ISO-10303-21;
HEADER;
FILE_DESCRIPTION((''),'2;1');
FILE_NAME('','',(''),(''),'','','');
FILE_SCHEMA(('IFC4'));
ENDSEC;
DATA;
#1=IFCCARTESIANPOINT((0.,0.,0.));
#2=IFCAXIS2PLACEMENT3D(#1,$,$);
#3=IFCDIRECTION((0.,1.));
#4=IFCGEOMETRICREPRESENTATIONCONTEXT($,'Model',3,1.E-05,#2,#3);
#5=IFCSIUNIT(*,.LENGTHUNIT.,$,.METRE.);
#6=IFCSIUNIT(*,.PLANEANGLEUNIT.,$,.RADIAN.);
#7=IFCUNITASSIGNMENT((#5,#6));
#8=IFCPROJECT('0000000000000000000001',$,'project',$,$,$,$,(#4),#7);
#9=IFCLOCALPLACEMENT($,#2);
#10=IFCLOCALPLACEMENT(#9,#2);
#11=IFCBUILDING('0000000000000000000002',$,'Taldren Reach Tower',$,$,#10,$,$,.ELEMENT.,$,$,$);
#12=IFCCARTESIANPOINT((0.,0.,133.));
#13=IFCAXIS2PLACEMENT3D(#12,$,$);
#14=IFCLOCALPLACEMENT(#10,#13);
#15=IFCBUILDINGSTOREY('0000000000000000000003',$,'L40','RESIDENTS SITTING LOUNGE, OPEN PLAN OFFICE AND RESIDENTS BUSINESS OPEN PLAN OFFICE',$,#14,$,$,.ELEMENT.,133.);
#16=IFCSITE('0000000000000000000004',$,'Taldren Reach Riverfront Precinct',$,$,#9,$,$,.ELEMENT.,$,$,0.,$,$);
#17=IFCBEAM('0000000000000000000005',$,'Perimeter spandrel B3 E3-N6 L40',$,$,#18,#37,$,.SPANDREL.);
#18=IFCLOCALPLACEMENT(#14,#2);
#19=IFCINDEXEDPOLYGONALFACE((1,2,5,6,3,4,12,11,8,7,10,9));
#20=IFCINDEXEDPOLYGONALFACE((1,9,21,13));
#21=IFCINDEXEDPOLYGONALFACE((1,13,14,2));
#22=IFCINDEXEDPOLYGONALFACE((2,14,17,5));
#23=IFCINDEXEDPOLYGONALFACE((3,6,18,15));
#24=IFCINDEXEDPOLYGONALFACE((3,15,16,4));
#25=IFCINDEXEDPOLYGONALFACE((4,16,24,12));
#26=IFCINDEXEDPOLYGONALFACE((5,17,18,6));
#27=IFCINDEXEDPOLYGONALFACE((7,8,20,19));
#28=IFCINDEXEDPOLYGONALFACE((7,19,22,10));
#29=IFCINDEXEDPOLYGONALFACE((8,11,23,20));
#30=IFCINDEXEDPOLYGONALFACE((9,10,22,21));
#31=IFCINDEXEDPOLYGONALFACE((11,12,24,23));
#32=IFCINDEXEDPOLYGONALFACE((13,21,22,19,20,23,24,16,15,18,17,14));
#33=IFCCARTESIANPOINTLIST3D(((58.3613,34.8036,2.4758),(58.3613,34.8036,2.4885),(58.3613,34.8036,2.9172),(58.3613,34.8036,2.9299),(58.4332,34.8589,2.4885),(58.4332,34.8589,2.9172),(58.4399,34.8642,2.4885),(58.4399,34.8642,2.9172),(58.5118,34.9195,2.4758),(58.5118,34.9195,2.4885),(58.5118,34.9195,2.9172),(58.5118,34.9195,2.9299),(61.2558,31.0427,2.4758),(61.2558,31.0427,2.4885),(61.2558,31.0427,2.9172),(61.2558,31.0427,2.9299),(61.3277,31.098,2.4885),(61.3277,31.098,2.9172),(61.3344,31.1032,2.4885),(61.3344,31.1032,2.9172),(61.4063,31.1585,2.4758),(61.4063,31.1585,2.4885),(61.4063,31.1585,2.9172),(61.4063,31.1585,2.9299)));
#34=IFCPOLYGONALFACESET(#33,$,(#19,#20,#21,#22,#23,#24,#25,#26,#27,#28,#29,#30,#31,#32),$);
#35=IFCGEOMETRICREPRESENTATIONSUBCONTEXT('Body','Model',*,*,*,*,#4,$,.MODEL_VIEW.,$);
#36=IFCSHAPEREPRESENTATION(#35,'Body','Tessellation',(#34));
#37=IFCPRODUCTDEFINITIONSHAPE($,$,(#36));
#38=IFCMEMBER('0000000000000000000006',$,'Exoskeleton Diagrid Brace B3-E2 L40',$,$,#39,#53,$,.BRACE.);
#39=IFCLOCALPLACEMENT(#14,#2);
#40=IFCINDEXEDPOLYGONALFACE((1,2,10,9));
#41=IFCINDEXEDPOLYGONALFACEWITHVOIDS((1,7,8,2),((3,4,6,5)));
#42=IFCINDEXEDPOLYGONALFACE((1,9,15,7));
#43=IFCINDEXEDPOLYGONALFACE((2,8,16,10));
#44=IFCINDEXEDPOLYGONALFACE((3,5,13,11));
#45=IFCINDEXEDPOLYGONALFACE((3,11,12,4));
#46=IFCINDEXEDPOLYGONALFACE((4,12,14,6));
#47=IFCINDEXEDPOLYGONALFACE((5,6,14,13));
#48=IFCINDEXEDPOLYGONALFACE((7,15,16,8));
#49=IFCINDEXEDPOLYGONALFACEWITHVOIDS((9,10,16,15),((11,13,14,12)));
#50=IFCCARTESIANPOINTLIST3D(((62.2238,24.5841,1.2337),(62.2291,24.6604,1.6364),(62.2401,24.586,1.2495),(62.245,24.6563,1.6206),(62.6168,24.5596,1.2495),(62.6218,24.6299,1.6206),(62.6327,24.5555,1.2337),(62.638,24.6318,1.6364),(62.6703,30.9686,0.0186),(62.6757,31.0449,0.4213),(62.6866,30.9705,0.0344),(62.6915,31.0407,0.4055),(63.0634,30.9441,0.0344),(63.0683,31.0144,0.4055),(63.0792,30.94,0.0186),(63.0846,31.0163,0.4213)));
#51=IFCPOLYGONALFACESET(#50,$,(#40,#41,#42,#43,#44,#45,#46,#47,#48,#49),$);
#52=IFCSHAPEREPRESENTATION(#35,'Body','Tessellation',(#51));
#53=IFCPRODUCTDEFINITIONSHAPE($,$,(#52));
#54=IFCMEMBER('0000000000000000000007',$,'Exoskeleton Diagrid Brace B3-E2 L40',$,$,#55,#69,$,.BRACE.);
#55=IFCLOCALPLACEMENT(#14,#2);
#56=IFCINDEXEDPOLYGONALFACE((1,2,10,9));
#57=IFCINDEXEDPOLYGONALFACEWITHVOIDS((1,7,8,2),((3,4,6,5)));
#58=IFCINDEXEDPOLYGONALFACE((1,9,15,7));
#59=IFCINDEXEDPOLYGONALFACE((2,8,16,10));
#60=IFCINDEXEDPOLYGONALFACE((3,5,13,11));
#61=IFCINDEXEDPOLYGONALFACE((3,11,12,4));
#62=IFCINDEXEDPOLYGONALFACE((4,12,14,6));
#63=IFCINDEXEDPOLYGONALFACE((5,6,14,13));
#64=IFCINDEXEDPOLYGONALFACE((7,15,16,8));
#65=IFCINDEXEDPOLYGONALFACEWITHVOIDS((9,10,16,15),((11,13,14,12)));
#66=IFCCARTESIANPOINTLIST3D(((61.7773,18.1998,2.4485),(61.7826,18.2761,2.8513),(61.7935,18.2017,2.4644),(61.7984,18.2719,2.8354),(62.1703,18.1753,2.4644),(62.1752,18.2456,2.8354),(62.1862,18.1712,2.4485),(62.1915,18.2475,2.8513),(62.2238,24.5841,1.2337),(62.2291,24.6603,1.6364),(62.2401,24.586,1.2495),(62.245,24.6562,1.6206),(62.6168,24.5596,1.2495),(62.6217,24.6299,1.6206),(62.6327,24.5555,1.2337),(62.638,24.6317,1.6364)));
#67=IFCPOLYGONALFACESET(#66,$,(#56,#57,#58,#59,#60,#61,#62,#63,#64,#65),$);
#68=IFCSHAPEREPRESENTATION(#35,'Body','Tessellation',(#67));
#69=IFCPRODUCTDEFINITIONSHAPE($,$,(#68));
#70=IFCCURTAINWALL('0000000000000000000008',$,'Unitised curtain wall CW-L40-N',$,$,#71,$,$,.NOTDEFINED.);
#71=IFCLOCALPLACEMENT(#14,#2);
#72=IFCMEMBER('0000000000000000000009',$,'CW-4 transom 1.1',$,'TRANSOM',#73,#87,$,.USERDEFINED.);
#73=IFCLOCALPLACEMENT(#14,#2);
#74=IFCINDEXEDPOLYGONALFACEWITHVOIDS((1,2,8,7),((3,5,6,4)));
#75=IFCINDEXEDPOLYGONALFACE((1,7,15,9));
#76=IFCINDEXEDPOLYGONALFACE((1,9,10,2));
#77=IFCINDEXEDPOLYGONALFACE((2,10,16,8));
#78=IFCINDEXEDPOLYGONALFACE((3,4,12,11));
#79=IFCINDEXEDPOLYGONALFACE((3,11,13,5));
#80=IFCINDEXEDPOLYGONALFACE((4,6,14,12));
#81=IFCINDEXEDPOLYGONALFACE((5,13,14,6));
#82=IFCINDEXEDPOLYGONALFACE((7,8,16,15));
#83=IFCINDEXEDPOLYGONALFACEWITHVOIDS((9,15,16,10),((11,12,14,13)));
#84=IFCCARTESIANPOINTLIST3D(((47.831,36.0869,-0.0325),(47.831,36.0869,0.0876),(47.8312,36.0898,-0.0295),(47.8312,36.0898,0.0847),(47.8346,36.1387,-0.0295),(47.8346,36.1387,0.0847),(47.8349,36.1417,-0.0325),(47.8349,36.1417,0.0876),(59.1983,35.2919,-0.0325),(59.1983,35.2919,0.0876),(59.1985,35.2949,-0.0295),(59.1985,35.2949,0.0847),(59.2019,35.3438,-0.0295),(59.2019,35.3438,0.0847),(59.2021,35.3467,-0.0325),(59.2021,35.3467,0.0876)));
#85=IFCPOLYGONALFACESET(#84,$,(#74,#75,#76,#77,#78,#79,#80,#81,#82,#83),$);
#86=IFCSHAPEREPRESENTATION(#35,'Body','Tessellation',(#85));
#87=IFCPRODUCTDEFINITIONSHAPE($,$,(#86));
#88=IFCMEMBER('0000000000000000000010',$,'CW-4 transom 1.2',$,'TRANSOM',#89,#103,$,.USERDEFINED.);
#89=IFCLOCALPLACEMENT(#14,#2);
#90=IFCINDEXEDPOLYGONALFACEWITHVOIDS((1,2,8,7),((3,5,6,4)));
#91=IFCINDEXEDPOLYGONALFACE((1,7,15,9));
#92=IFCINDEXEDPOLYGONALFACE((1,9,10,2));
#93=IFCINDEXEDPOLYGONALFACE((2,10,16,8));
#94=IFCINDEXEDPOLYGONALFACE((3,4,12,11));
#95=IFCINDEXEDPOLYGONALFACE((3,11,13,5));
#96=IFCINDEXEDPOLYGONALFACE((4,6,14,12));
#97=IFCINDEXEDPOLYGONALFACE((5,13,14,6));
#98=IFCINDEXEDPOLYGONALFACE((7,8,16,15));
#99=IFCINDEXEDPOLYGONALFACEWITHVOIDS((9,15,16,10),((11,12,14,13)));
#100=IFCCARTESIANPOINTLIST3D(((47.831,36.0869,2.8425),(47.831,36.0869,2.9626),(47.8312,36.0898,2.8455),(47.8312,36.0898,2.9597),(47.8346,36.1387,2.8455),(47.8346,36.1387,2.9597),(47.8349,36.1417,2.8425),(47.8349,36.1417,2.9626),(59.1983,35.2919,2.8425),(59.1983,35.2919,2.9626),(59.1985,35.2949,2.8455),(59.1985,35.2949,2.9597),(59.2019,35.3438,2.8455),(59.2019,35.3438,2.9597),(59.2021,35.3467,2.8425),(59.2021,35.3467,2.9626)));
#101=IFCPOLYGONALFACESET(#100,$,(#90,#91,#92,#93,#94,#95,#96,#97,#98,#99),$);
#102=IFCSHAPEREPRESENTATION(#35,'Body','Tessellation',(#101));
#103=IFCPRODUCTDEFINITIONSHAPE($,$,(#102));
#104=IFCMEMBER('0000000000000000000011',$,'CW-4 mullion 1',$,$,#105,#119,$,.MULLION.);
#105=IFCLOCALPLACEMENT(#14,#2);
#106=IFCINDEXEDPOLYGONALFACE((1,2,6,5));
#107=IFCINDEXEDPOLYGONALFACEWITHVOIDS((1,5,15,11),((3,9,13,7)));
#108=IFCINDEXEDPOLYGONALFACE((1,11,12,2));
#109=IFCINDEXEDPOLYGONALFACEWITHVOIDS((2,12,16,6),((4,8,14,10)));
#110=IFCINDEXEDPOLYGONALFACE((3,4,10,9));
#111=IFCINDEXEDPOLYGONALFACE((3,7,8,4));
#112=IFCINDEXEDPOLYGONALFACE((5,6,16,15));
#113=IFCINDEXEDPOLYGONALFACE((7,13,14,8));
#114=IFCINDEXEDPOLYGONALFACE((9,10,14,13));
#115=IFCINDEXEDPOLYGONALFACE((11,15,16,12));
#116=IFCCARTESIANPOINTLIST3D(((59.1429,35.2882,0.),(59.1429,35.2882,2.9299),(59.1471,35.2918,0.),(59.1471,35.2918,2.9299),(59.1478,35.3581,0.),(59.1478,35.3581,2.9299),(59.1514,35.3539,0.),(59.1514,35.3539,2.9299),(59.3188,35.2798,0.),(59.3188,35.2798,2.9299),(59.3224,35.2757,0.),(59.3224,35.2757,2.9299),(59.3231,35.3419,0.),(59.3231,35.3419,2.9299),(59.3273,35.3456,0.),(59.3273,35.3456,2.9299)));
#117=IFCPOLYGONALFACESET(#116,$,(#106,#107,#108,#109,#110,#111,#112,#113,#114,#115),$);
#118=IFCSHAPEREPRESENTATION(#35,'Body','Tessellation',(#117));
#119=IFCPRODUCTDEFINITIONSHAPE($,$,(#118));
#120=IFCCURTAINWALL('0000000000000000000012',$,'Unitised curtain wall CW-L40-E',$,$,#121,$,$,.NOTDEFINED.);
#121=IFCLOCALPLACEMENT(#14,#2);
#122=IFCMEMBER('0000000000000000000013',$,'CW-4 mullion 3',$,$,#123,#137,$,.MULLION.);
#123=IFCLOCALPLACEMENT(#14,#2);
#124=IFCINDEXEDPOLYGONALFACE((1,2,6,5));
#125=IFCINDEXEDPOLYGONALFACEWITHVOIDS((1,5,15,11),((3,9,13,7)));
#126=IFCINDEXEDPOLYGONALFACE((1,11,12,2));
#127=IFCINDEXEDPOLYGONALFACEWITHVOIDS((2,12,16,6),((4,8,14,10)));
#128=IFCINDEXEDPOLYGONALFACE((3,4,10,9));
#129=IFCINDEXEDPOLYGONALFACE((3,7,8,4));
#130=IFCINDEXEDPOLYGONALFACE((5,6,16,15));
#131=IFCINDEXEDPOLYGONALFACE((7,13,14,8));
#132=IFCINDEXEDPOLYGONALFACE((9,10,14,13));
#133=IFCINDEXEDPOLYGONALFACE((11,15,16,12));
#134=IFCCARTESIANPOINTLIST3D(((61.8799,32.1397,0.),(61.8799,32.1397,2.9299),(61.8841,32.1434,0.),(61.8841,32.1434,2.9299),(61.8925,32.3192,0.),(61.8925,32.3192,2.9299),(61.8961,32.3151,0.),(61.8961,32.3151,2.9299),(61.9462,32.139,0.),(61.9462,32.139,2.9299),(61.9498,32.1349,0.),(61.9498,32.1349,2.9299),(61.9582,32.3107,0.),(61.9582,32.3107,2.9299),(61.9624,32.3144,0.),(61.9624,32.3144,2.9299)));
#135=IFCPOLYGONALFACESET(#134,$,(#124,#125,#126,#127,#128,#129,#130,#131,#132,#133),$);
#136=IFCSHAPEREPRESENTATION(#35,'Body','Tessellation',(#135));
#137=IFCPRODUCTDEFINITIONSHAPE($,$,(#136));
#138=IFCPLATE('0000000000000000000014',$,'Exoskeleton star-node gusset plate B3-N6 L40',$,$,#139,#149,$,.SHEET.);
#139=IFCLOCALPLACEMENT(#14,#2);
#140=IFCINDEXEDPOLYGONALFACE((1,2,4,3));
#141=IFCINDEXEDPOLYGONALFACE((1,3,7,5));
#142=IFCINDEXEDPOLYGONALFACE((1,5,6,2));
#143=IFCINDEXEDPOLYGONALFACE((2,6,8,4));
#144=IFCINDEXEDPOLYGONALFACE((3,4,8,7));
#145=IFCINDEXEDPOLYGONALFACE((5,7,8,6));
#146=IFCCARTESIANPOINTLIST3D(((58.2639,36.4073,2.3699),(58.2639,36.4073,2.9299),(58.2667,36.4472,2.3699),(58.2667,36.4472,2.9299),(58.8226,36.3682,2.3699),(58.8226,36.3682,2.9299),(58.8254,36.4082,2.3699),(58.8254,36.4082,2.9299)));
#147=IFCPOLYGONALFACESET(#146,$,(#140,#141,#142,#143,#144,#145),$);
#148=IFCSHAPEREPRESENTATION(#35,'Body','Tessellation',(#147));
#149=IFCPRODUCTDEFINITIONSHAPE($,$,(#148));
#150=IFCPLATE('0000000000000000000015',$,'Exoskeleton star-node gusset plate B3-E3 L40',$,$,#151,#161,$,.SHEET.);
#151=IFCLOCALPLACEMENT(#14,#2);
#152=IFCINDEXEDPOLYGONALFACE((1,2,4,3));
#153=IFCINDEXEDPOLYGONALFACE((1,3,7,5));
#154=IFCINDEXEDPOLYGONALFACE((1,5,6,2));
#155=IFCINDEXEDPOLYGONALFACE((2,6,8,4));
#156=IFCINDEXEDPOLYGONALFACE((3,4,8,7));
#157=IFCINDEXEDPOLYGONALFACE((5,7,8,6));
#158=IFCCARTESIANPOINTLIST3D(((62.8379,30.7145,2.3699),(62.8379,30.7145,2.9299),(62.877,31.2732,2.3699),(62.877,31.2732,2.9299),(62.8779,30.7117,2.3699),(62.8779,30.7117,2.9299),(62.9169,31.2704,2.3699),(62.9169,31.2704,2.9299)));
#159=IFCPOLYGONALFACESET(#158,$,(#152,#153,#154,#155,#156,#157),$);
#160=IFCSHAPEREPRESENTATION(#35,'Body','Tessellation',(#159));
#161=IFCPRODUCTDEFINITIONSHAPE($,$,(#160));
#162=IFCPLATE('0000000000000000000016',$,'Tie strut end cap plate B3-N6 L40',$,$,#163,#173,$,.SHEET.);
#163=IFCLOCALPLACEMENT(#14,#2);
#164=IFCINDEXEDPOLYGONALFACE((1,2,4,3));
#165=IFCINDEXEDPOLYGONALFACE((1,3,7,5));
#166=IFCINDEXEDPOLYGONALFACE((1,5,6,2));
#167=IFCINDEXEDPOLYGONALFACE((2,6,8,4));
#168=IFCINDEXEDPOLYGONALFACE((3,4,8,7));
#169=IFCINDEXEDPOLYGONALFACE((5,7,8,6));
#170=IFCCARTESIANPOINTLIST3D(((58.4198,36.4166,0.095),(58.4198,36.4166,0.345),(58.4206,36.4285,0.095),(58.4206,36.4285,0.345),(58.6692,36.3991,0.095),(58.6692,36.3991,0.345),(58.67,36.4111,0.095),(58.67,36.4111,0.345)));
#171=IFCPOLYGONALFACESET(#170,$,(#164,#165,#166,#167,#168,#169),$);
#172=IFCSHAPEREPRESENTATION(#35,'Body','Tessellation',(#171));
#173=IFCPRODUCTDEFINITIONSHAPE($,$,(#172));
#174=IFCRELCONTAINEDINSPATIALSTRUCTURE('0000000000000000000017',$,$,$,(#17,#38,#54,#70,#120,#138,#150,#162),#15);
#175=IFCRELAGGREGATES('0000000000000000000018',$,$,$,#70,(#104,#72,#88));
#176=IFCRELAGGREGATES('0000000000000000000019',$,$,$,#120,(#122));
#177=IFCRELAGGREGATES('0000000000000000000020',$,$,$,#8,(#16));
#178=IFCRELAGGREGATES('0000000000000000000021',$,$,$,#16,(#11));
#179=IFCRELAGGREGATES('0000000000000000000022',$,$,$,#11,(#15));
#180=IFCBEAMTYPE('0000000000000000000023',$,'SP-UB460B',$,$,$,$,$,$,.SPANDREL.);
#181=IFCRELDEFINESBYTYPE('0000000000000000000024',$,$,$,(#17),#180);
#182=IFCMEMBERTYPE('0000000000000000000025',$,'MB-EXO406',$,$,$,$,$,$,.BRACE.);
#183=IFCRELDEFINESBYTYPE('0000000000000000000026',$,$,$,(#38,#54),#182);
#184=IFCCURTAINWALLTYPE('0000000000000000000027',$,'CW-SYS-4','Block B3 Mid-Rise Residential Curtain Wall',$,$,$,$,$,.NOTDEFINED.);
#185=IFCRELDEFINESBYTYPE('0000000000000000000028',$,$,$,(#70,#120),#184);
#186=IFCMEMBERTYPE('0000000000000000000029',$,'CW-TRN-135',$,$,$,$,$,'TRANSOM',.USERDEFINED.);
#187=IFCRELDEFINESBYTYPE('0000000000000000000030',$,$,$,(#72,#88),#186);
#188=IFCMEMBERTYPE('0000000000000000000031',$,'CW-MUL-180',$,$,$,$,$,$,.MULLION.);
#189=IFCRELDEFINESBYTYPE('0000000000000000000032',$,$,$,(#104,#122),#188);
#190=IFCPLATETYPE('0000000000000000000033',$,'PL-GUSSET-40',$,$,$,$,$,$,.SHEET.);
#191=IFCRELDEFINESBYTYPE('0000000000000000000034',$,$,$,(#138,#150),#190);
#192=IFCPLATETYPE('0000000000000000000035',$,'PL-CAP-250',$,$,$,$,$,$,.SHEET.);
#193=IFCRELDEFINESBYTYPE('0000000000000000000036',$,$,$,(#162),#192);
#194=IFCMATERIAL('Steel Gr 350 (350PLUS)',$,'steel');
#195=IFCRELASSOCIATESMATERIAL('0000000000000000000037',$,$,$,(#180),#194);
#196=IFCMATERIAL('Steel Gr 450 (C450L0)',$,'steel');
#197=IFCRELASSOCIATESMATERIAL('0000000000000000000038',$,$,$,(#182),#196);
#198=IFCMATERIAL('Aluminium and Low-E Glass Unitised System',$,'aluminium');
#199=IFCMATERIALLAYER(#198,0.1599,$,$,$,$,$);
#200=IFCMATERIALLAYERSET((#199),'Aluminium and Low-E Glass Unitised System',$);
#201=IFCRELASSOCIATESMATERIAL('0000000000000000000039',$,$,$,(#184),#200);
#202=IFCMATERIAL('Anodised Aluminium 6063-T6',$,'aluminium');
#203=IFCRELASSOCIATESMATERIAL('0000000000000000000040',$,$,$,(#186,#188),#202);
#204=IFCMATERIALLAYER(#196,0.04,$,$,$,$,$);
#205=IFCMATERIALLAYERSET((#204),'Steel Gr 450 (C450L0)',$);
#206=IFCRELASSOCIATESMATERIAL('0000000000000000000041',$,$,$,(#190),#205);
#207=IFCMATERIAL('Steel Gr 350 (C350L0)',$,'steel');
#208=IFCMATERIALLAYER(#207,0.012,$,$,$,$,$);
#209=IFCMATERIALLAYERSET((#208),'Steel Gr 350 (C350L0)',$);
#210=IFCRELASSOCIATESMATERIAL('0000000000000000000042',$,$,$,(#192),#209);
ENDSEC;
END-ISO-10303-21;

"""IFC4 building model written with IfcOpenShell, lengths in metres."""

from ifc_helpers import new_model, si_unit, direction, frame, origin, origin_2d, place, context, subcontext, project, spatial, rectangle, hollow_rectangle, i_section, extrude, source, transform, mapped, material, layer, layer_set, material_profile, profile_set, type_object, element, aggregate, save


model = new_model("IFC4")

# Units and contexts
model_context = context("Model", 3, precision=1e-05, world=origin(), true_north=direction((0.0, 1.0)))
body_context = subcontext(model_context, "Body", "Model", "MODEL_VIEW")
ifc_project = project(units=[si_unit("LENGTHUNIT", "METRE"), si_unit("PLANEANGLEUNIT", "RADIAN")], contexts=[model_context])

# Site, building, storey
site_placement = place(None, origin())
site = spatial("IfcSite", under=ifc_project, at=site_placement, Name="Taldren Reach Riverfront Precinct", CompositionType="ELEMENT", RefElevation=0.0)
building_placement = place(site_placement, origin())
building = spatial("IfcBuilding", under=site, at=building_placement, Name="Taldren Reach Tower", CompositionType="ELEMENT")
storey_placement = place(building_placement, frame((0.0, 0.0, 133.0)))
storey = spatial("IfcBuildingStorey", under=building, at=storey_placement, Name="L40", Description="RESIDENTS SITTING LOUNGE, OPEN PLAN OFFICE AND RESIDENTS BUSINESS OPEN PLAN OFFICE", CompositionType="ELEMENT", Elevation=133.0)

# Shared definitions
ifc_material_1 = material(Name="Steel Gr 450 (C450L0)", Category="steel")
ifc_material_2 = material(Name="Steel Gr 350 (350PLUS)", Category="steel")

# Shared definitions
ifc_material_3 = material(Name="Steel Gr 350 (C350L0)", Category="steel")

# Beam
ifc_material_profile_1 = material_profile(ifc_material_2, i_section(OverallWidth=0.1899, OverallDepth=0.4541, WebThickness=0.0085, FlangeThickness=0.0127, at=origin_2d()), Name="460UB67.1")
ifc_profile_set_1 = profile_set([ifc_material_profile_1], Name="Steel Gr 350 (350PLUS)")
beam_type = type_object("IfcBeamType", Name="SP-UB460B", PredefinedType="SPANDREL", material=ifc_profile_set_1)
shared_shape_1 = source(origin(), body_context, "Body", "SweptSolid", [
    extrude(i_section(OverallWidth=0.1899, OverallDepth=0.4541, WebThickness=0.0085, FlangeThickness=0.0127, at=origin_2d()), origin(), (0.0, 0.0, 1.0), 4.7458),
])
beam_1_placement = place(storey_placement, frame((61.3311, 31.1006, 2.7029), z_axis=(-0.609905, 0.792475, 0.0), x_axis=(-0.792475, -0.609905, 0.0)))
element("IfcBeam", 1, at=beam_1_placement, inside=storey, type_object=beam_type, Name="Perimeter spandrel B3 E3-N6 L40", PredefinedType="SPANDREL", context=body_context, shape_type="MappedRepresentation", body=[
    mapped(shared_shape_1, transform((0.0, 0.0, 0.0), scale=1.0)),
])

# Members
ifc_material_profile_2 = material_profile(ifc_material_1, hollow_rectangle(XDim=0.4099, YDim=0.4099, WallThickness=0.0161, at=origin_2d()), Name="410x410x16.0SHS")
ifc_profile_set_2 = profile_set([ifc_material_profile_2], Name="Steel Gr 450 (C450L0)")
member_type_1 = type_object("IfcMemberType", Name="MB-EXO406", PredefinedType="BRACE", material=ifc_profile_set_2)
shared_shape_2 = source(origin(), body_context, "Body", "SweptSolid", [
    extrude(hollow_rectangle(XDim=0.4099, YDim=0.4099, WallThickness=0.0161, at=origin_2d()), origin(), (0.0, 0.0, 1.0), 6.5144),
])
member_1_placement = place(storey_placement, frame((62.8774, 30.9924, 0.22), z_axis=(-0.068545, -0.980057, 0.186522), x_axis=(0.997563, -0.06977, 0.0)))
element("IfcMember", 2, at=member_1_placement, inside=storey, type_object=member_type_1, Name="Exoskeleton Diagrid Brace B3-E2 L40", PredefinedType="BRACE", context=body_context, shape_type="MappedRepresentation", body=[
    mapped(shared_shape_2, transform((0.0, 0.0, 0.0), scale=1.0)),
])
shared_shape_3 = source(origin(), body_context, "Body", "SweptSolid", [
    extrude(hollow_rectangle(XDim=0.4099, YDim=0.4099, WallThickness=0.0161, at=origin_2d()), origin(), (0.0, 0.0, 1.0), 6.5142),
])
member_2_placement = place(storey_placement, frame((62.4309, 24.6079, 1.4351), z_axis=(-0.068548, -0.980062, 0.186493), x_axis=(0.997563, -0.069772, 0.0)))
element("IfcMember", 3, at=member_2_placement, inside=storey, type_object=member_type_1, Name="Exoskeleton Diagrid Brace B3-E2 L40", PredefinedType="BRACE", context=body_context, shape_type="MappedRepresentation", body=[
    mapped(shared_shape_3, transform((0.0, 0.0, 0.0), scale=1.0)),
])

# Curtain wall, members
ifc_material_4 = material(Name="Aluminium and Low-E Glass Unitised System", Category="aluminium")
ifc_layer_1 = layer(ifc_material_4, 0.1599)
ifc_layer_set_1 = layer_set([ifc_layer_1], Name="Aluminium and Low-E Glass Unitised System")
curtain_wall_type = type_object("IfcCurtainWallType", Name="CW-SYS-4", Description="Block B3 Mid-Rise Residential Curtain Wall", PredefinedType="NOTDEFINED", material=ifc_layer_set_1)
curtain_wall_1_placement = place(storey_placement, origin())
curtain_wall_1 = element("IfcCurtainWall", 4, at=curtain_wall_1_placement, inside=storey, type_object=curtain_wall_type, Name="Unitised curtain wall CW-L40-N", PredefinedType="NOTDEFINED")
ifc_material_5 = material(Name="Anodised Aluminium 6063-T6", Category="aluminium")
ifc_material_profile_3 = material_profile(ifc_material_5, hollow_rectangle(XDim=0.0549, YDim=0.1201, WallThickness=0.0029, at=origin_2d()), Name="ALU-120x55x3RHS")
ifc_profile_set_3 = profile_set([ifc_material_profile_3], Name="Anodised Aluminium 6063-T6")
member_type_2 = type_object("IfcMemberType", Name="CW-TRN-135", ElementType="TRANSOM", PredefinedType="USERDEFINED", material=ifc_profile_set_3)
shared_shape_4 = source(origin(), body_context, "Body", "SweptSolid", [
    extrude(hollow_rectangle(XDim=0.0549, YDim=0.1201, WallThickness=0.0029, at=origin_2d()), origin(), (0.0, 0.0, 1.0), 11.395),
])
member_3_placement = place(storey_placement, frame((59.2002, 35.3193, 0.0276), z_axis=(-0.997564, 0.069761, 0.0), x_axis=(-0.069761, -0.997564, 0.0)))
member_3 = element("IfcMember", 5, at=member_3_placement, type_object=member_type_2, Name="CW-4 transom 1.1", ObjectType="TRANSOM", PredefinedType="USERDEFINED", context=body_context, shape_type="MappedRepresentation", body=[
    mapped(shared_shape_4, transform((0.0, 0.0, 0.0), scale=1.0)),
])
member_4_placement = place(storey_placement, frame((59.2002, 35.3193, 2.9026), z_axis=(-0.997564, 0.069761, 0.0), x_axis=(-0.069761, -0.997564, 0.0)))
member_4 = element("IfcMember", 6, at=member_4_placement, type_object=member_type_2, Name="CW-4 transom 1.2", ObjectType="TRANSOM", PredefinedType="USERDEFINED", context=body_context, shape_type="MappedRepresentation", body=[
    mapped(shared_shape_4, transform((0.0, 0.0, 0.0), scale=1.0)),
])
ifc_material_profile_4 = material_profile(ifc_material_5, hollow_rectangle(XDim=0.0701, YDim=0.1799, WallThickness=0.0039, at=origin_2d()), Name="ALU-180x70x4RHS")
ifc_profile_set_4 = profile_set([ifc_material_profile_4], Name="Anodised Aluminium 6063-T6")
member_type_3 = type_object("IfcMemberType", Name="CW-MUL-180", PredefinedType="MULLION", material=ifc_profile_set_4)
shared_shape_5 = source(origin(), body_context, "Body", "SweptSolid", [
    extrude(hollow_rectangle(XDim=0.0701, YDim=0.1799, WallThickness=0.0039, at=origin_2d()), origin(), (0.0, 0.0, 1.0), 2.9299),
])
member_5_placement = place(storey_placement, frame((59.2351, 35.3169, 0.0), z_axis=(0.0, 0.0, 1.0), x_axis=(-0.069757, -0.997564, 0.0)))
member_5 = element("IfcMember", 7, at=member_5_placement, type_object=member_type_3, Name="CW-4 mullion 1", PredefinedType="MULLION", context=body_context, shape_type="MappedRepresentation", body=[
    mapped(shared_shape_5, transform((0.0, 0.0, 0.0), scale=1.0)),
])
aggregate(curtain_wall_1, [member_5, member_3, member_4])

# Curtain wall, member
curtain_wall_2_placement = place(storey_placement, origin())
curtain_wall_2 = element("IfcCurtainWall", 8, at=curtain_wall_2_placement, inside=storey, type_object=curtain_wall_type, Name="Unitised curtain wall CW-L40-E", PredefinedType="NOTDEFINED")
member_6_placement = place(storey_placement, frame((61.9211, 32.2271, 0.0), z_axis=(0.0, 0.0, 1.0), x_axis=(-0.997564, 0.069756, 0.0)))
member_6 = element("IfcMember", 9, at=member_6_placement, type_object=member_type_3, Name="CW-4 mullion 3", PredefinedType="MULLION", context=body_context, shape_type="MappedRepresentation", body=[
    mapped(shared_shape_5, transform((0.0, 0.0, 0.0), scale=1.0)),
])

# Plates
ifc_layer_2 = layer(ifc_material_1, 0.04)
ifc_layer_set_2 = layer_set([ifc_layer_2], Name="Steel Gr 450 (C450L0)")
plate_type_1 = type_object("IfcPlateType", Name="PL-GUSSET-40", PredefinedType="SHEET", material=ifc_layer_set_2)
shared_shape_6 = source(origin(), body_context, "Body", "SweptSolid", [
    extrude(rectangle(XDim=0.5601, YDim=0.04, at=origin_2d()), origin(), (0.0, 0.0, 1.0), 0.5601),
])
for number, where, z_axis, x_axis, name in (
    (10, (58.5447, 36.4077, 2.3699), (0.0, 0.0, 1.0), (0.997564, -0.069756, 0.0), "Exoskeleton star-node gusset plate B3-N6 L40"),
    (11, (62.8774, 30.9924, 2.3699), (0.0, 0.0, 1.0), (0.069756, 0.997564, 0.0), "Exoskeleton star-node gusset plate B3-E3 L40"),
):
    element("IfcPlate", number, at=place(storey_placement, frame(where, z_axis=z_axis, x_axis=x_axis)), inside=storey, type_object=plate_type_1, Name=name, PredefinedType="SHEET", context=body_context, shape_type="MappedRepresentation", body=[
        mapped(shared_shape_6, transform((0.0, 0.0, 0.0), scale=1.0)),
    ])
ifc_layer_3 = layer(ifc_material_3, 0.012)
ifc_layer_set_3 = layer_set([ifc_layer_3], Name="Steel Gr 350 (C350L0)")
plate_type_2 = type_object("IfcPlateType", Name="PL-CAP-250", PredefinedType="SHEET", material=ifc_layer_set_3)
shared_shape_7 = source(origin(), body_context, "Body", "SweptSolid", [
    extrude(rectangle(XDim=0.25, YDim=0.012, at=origin_2d()), origin(), (0.0, 0.0, 1.0), 0.25),
])
plate_1_placement = place(storey_placement, frame((58.5449, 36.4138, 0.095), z_axis=(0.0, 0.0, 1.0), x_axis=(0.997564, -0.069756, 0.0)))
element("IfcPlate", 12, at=plate_1_placement, inside=storey, type_object=plate_type_2, Name="Tie strut end cap plate B3-N6 L40", PredefinedType="SHEET", context=body_context, shape_type="MappedRepresentation", body=[
    mapped(shared_shape_7, transform((0.0, 0.0, 0.0), scale=1.0)),
])

aggregate(curtain_wall_2, [member_6])

save(model, "model.ifc")
